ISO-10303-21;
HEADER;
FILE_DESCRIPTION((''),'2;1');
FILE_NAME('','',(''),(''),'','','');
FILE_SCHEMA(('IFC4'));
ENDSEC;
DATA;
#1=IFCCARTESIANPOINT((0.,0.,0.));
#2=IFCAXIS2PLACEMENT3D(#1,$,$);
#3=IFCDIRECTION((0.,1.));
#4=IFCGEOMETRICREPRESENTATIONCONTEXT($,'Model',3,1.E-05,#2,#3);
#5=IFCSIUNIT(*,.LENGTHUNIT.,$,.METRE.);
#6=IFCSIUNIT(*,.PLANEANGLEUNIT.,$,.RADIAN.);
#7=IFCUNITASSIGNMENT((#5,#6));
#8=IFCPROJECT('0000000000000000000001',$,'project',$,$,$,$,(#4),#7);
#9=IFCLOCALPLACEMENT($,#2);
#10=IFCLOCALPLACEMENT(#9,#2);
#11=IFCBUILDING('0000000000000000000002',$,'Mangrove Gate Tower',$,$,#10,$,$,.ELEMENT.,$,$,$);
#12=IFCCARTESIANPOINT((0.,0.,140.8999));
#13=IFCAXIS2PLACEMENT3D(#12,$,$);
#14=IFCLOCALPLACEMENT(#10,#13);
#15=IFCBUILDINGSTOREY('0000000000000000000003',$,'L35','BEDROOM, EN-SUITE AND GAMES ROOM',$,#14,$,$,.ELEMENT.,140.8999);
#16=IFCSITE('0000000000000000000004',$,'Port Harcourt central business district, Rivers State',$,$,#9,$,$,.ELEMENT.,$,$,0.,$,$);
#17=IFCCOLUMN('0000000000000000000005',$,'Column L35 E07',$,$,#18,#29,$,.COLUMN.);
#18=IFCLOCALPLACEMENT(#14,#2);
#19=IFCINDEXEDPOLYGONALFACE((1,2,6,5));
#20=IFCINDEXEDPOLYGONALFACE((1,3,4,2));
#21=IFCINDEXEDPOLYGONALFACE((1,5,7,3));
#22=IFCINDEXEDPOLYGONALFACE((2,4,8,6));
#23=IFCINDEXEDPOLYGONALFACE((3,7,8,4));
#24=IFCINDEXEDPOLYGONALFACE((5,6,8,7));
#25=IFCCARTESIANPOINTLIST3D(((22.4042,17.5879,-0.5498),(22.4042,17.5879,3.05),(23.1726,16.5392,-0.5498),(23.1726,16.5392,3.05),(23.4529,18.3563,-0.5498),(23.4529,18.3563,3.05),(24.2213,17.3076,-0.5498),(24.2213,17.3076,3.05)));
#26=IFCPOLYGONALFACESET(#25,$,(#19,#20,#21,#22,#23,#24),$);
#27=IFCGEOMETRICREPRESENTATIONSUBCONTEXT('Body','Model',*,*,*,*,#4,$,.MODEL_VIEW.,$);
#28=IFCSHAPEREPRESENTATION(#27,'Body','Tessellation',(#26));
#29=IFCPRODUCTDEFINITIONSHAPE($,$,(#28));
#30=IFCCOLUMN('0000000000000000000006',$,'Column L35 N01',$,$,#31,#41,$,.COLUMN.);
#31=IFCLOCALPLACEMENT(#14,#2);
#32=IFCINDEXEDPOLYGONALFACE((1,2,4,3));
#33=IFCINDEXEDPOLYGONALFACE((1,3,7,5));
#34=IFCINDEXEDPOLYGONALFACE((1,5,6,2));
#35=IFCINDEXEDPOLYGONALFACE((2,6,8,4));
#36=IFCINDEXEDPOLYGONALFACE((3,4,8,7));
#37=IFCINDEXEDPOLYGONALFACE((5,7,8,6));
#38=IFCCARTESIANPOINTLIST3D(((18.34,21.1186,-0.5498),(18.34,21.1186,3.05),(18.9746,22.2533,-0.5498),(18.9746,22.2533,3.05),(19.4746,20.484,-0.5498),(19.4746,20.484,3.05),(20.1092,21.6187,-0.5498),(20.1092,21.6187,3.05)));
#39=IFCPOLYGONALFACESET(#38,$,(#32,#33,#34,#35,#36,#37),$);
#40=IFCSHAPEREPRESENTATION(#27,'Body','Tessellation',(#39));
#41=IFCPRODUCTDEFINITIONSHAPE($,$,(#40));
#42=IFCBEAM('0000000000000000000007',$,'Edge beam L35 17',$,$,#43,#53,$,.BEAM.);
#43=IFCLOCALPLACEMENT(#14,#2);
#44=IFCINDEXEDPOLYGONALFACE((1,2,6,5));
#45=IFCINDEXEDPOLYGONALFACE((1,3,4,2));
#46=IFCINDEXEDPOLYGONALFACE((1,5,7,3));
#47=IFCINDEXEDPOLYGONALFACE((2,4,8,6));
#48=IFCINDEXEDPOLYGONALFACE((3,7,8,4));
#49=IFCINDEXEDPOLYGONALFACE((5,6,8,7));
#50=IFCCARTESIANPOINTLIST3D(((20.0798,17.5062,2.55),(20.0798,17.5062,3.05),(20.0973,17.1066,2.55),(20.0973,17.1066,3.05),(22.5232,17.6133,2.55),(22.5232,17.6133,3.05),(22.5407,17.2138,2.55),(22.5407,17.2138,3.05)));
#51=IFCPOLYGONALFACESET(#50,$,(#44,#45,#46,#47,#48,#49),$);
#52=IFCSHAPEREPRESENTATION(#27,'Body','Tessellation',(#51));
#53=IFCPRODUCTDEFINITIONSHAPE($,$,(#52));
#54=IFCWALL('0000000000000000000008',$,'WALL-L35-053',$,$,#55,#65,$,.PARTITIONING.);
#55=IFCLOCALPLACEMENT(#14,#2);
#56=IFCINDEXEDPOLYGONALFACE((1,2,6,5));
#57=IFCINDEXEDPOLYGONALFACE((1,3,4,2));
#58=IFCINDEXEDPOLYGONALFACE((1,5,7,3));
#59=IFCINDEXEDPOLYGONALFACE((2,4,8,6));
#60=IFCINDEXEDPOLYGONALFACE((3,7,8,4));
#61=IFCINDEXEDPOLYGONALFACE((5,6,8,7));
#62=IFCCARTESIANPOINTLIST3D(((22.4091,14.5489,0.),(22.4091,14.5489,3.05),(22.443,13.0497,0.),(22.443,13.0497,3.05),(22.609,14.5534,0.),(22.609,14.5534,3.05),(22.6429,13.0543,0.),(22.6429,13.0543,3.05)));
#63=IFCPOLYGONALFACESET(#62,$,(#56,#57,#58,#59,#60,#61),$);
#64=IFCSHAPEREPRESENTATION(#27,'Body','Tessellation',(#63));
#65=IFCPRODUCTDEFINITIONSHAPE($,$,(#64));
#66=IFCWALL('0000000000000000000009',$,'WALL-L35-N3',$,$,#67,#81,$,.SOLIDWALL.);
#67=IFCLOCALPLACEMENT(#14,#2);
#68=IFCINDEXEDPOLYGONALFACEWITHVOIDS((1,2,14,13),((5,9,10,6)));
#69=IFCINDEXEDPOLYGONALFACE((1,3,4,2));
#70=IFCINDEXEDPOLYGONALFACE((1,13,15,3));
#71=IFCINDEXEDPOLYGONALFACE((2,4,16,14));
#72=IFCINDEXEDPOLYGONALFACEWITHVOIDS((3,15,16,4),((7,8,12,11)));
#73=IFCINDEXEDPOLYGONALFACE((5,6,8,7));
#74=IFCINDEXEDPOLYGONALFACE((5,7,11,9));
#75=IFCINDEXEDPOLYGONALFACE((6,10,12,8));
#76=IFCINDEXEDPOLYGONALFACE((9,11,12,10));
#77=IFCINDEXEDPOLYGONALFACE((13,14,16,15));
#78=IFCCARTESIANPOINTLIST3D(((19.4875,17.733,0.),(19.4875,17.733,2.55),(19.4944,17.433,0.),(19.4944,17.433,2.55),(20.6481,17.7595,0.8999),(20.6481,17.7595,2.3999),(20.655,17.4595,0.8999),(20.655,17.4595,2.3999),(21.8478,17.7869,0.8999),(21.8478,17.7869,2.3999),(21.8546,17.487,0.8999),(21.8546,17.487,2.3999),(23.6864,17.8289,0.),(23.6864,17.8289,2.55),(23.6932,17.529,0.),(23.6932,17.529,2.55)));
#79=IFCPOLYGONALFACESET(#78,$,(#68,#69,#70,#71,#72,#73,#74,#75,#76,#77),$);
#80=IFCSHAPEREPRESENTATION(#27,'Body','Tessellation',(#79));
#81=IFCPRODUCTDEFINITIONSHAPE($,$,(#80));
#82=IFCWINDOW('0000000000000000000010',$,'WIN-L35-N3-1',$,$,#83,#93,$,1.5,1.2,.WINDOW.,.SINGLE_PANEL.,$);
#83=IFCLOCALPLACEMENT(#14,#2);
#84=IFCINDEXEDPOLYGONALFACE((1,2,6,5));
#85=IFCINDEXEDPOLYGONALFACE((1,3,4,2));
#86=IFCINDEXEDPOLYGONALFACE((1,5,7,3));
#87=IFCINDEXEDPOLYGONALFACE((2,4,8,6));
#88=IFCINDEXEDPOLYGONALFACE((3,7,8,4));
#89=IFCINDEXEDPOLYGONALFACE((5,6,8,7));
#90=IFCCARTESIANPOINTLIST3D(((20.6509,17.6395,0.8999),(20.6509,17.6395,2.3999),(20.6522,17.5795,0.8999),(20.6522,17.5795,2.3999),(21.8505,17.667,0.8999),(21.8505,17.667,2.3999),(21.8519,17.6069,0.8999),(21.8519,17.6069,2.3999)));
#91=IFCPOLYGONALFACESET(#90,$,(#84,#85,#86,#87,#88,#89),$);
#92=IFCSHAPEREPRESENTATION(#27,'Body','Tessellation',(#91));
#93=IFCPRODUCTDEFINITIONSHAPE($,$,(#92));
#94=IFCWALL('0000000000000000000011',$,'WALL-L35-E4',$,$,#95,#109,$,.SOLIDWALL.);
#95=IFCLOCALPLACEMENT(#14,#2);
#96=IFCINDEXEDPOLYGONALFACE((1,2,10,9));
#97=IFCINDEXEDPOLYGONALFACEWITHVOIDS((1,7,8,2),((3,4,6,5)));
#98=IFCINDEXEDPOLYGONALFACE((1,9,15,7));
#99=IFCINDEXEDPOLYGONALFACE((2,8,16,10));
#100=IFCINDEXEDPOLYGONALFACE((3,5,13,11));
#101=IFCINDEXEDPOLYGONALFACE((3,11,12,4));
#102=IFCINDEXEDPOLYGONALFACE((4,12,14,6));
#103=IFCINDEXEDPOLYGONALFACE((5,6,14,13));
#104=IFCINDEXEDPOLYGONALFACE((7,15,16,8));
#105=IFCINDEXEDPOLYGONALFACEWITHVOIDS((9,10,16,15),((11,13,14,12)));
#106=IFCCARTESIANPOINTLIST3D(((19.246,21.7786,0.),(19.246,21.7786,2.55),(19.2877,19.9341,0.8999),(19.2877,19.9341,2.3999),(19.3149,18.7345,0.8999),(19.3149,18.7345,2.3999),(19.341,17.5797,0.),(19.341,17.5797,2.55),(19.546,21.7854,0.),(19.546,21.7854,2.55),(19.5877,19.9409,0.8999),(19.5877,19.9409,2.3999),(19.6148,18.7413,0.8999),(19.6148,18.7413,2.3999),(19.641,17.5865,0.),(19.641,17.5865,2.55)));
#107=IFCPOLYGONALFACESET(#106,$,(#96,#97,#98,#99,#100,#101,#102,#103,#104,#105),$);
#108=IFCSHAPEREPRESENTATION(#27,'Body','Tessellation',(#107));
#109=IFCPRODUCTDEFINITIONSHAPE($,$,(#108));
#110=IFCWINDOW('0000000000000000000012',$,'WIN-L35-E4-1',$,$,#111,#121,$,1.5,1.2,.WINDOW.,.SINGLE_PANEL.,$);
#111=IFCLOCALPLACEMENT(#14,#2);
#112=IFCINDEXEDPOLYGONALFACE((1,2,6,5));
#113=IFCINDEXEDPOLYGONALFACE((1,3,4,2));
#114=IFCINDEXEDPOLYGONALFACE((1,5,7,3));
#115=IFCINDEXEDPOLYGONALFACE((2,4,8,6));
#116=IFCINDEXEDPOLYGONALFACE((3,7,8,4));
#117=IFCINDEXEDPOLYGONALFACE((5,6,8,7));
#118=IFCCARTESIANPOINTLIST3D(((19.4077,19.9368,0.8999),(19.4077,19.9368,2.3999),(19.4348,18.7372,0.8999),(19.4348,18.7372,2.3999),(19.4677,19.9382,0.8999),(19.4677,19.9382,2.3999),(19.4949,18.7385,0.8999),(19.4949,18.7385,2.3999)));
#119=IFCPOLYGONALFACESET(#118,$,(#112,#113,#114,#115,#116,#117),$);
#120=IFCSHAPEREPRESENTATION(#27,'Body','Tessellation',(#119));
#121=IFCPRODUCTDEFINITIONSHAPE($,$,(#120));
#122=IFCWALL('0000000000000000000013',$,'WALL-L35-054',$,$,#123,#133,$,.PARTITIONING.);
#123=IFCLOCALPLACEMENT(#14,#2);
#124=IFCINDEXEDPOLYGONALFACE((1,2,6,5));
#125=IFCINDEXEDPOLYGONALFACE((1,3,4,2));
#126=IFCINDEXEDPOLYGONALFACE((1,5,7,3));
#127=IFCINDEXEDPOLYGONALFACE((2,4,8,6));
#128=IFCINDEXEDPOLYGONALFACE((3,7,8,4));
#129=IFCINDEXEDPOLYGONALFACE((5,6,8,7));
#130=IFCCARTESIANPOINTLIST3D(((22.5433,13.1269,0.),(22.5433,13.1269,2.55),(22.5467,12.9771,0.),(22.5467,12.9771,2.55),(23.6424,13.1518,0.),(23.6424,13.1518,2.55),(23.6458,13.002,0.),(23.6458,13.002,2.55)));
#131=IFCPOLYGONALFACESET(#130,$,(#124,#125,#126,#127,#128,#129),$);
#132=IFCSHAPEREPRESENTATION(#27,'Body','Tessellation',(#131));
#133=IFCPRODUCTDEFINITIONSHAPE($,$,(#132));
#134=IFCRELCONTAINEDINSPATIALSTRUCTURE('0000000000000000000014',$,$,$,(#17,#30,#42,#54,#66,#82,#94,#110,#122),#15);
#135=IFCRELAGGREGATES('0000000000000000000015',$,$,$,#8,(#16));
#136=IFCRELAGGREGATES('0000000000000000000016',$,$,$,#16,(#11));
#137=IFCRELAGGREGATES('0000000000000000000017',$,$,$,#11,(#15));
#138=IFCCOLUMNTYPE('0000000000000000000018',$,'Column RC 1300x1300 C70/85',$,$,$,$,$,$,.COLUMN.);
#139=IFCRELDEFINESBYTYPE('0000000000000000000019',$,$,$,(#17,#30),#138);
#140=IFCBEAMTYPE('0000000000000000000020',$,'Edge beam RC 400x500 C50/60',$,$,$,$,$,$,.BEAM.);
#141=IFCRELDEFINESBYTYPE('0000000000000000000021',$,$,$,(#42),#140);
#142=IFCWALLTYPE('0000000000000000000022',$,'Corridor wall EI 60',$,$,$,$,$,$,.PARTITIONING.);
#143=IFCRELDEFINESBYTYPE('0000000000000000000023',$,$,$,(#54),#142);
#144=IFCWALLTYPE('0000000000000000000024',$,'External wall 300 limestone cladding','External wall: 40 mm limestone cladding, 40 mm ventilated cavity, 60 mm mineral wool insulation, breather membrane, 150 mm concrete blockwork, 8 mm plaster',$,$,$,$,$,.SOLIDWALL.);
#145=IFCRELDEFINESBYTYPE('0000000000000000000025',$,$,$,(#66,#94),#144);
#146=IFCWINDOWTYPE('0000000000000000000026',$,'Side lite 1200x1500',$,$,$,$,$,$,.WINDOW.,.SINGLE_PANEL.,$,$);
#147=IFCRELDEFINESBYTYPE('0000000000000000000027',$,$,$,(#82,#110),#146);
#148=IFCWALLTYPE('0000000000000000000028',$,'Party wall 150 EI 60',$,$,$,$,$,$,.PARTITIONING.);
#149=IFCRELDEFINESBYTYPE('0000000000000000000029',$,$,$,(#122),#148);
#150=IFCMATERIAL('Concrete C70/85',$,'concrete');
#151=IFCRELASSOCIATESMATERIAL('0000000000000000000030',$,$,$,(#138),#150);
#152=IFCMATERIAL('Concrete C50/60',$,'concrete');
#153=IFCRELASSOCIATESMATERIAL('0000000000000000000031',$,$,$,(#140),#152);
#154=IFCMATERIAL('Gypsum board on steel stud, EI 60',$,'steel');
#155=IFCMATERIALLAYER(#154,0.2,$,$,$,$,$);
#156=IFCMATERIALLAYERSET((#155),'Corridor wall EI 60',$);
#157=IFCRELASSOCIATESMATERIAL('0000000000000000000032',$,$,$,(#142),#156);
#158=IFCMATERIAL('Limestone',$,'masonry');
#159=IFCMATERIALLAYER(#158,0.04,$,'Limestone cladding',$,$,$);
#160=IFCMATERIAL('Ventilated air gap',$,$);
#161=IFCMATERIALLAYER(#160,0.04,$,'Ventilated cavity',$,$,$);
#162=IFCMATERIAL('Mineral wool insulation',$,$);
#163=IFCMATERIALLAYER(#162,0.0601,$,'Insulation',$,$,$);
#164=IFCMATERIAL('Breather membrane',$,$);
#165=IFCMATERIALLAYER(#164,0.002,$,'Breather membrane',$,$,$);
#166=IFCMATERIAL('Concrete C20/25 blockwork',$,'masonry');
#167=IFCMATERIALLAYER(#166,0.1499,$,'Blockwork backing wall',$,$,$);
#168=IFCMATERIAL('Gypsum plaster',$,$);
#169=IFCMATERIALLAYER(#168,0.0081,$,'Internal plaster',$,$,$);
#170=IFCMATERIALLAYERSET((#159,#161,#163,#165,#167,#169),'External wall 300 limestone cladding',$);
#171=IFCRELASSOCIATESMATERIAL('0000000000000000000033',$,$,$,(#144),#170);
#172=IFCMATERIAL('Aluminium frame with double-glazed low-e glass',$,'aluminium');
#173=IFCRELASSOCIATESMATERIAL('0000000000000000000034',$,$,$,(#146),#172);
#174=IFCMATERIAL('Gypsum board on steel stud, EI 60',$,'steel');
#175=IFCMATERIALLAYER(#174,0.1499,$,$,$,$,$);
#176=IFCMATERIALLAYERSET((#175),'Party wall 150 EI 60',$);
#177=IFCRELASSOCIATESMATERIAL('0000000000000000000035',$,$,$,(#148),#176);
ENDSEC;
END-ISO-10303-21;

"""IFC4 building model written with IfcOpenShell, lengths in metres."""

from ifc_helpers import new_model, si_unit, direction, frame, frame_2d, origin, origin_2d, place, context, subcontext, project, spatial, rectangle, extrude, material, layer, layer_set, material_profile, profile_set, type_object, element, fill, save


model = new_model("IFC4")

# Units and contexts
model_context = context("Model", 3, precision=1e-05, world=origin(), true_north=direction((0.0, 1.0)))
body_context = subcontext(model_context, "Body", "Model", "MODEL_VIEW")
ifc_project = project(units=[si_unit("LENGTHUNIT", "METRE"), si_unit("PLANEANGLEUNIT", "RADIAN")], contexts=[model_context])

# Site, building, storey
site_placement = place(None, origin())
site = spatial("IfcSite", under=ifc_project, at=site_placement, Name="Port Harcourt central business district, Rivers State", CompositionType="ELEMENT", RefElevation=0.0)
building_placement = place(site_placement, origin())
building = spatial("IfcBuilding", under=site, at=building_placement, Name="Mangrove Gate Tower", CompositionType="ELEMENT")
storey_placement = place(building_placement, frame((0.0, 0.0, 140.8999)))
storey = spatial("IfcBuildingStorey", under=building, at=storey_placement, Name="L35", Description="BEDROOM, EN-SUITE AND GAMES ROOM", CompositionType="ELEMENT", Elevation=140.8999)

# Columns
ifc_material_1 = material(Name="Concrete C70/85", Category="concrete")
ifc_material_profile_1 = material_profile(ifc_material_1, rectangle(XDim=1.3, YDim=1.3, at=origin_2d()))
ifc_profile_set_1 = profile_set([ifc_material_profile_1], Name="Concrete C70/85")
column_type = type_object("IfcColumnType", Name="Column RC 1300x1300 C70/85", PredefinedType="COLUMN", material=ifc_profile_set_1)
for number, where, z_axis, x_axis, name in (
    (1, (23.3127, 17.4478, -0.5498), (0.0, 0.0, 1.0), (-0.591062, 0.806626, 0.0), "Column L35 E07"),
    (2, (19.2246, 21.3687, -0.5498), (0.0, 0.0, 1.0), (-0.872768, 0.488136, 0.0), "Column L35 N01"),
):
    element("IfcColumn", number, at=place(storey_placement, frame(where, z_axis=z_axis, x_axis=x_axis)), inside=storey, type_object=column_type, Name=name, PredefinedType="COLUMN", context=body_context, shape_type="SweptSolid", body=[
        extrude(rectangle(XDim=1.3, YDim=1.3, at=origin_2d()), origin(), (0.0, 0.0, 1.0), 3.5999),
    ])

# Beam
ifc_material_2 = material(Name="Concrete C50/60", Category="concrete")
ifc_material_profile_2 = material_profile(ifc_material_2, rectangle(XDim=0.3999, YDim=0.5, at=origin_2d()))
ifc_profile_set_2 = profile_set([ifc_material_profile_2], Name="Concrete C50/60")
beam_type = type_object("IfcBeamType", Name="Edge beam RC 400x500 C50/60", PredefinedType="BEAM", material=ifc_profile_set_2)
beam_placement = place(storey_placement, frame((22.532, 17.4136, 2.8), z_axis=(-0.999039, -0.043823, 0.0), x_axis=(0.043823, -0.999039, 0.0)))
element("IfcBeam", 3, at=beam_placement, inside=storey, type_object=beam_type, Name="Edge beam L35 17", PredefinedType="BEAM", context=body_context, shape_type="SweptSolid", body=[
    extrude(rectangle(XDim=0.3999, YDim=0.5, at=origin_2d()), origin(), (0.0, 0.0, 1.0), 2.4458),
])

# Wall
ifc_material_3 = material(Name="Gypsum board on steel stud, EI 60", Category="steel")
ifc_layer_1 = layer(ifc_material_3, 0.2)
ifc_layer_set_1 = layer_set([ifc_layer_1], Name="Corridor wall EI 60")
wall_type_1 = type_object("IfcWallType", Name="Corridor wall EI 60", PredefinedType="PARTITIONING", material=ifc_layer_set_1)
wall_1_placement = place(storey_placement, frame((22.543, 13.052, 0.0), z_axis=(0.0, 0.0, 1.0), x_axis=(-0.022633, 0.999744, 0.0)))
element("IfcWall", 4, at=wall_1_placement, inside=storey, type_object=wall_type_1, Name="WALL-L35-053", PredefinedType="PARTITIONING", context=body_context, shape_type="SweptSolid", body=[
    extrude(rectangle(XDim=1.4995, YDim=0.2, at=frame_2d((0.7498, 0.0))), origin(), (0.0, 0.0, 1.0), 3.05),
])

# Walls, openings, windows
ifc_material_4 = material(Name="Limestone", Category="masonry")
ifc_layer_2 = layer(ifc_material_4, 0.04, Name="Limestone cladding")
ifc_material_5 = material(Name="Ventilated air gap")
ifc_layer_3 = layer(ifc_material_5, 0.04, Name="Ventilated cavity")
ifc_material_6 = material(Name="Mineral wool insulation")
ifc_layer_4 = layer(ifc_material_6, 0.0601, Name="Insulation")
ifc_material_7 = material(Name="Breather membrane")
ifc_layer_5 = layer(ifc_material_7, 0.002, Name="Breather membrane")
ifc_material_8 = material(Name="Concrete C20/25 blockwork", Category="masonry")
ifc_layer_6 = layer(ifc_material_8, 0.1499, Name="Blockwork backing wall")
ifc_material_9 = material(Name="Gypsum plaster")
ifc_layer_7 = layer(ifc_material_9, 0.0081, Name="Internal plaster")
ifc_layer_set_2 = layer_set([ifc_layer_2, ifc_layer_3, ifc_layer_4, ifc_layer_5, ifc_layer_6, ifc_layer_7], Name="External wall 300 limestone cladding")
wall_type_2 = type_object("IfcWallType", Name="External wall 300 limestone cladding", Description="External wall: 40 mm limestone cladding, 40 mm ventilated cavity, 60 mm mineral wool insulation, breather membrane, 150 mm concrete blockwork, 8 mm plaster", PredefinedType="SOLIDWALL", material=ifc_layer_set_2)
wall_2_placement = place(storey_placement, frame((23.6899, 17.679, 0.0), z_axis=(0.0, 0.0, 1.0), x_axis=(-0.999739, -0.022844, 0.0)))
wall_2 = element("IfcWall", 5, at=wall_2_placement, inside=storey, type_object=wall_type_2, Name="WALL-L35-N3", PredefinedType="SOLIDWALL", context=body_context, shape_type="SweptSolid", body=[
    extrude(rectangle(XDim=4.2, YDim=0.3, at=frame_2d((2.1001, 0.0))), origin(), (0.0, 0.0, 1.0), 2.55),
])
opening_1_placement = place(wall_2_placement, frame((1.8391, 0.0, 0.8999)))
opening_1 = element("IfcOpeningElement", 6, at=opening_1_placement, cuts=wall_2, PredefinedType="OPENING", context=body_context, shape_type="SweptSolid", body=[
    extrude(rectangle(XDim=1.2, YDim=1.5, at=frame_2d((0.6001, 0.75))), frame((0.0, 0.1599, 0.0), z_axis=(0.0, -1.0, 0.0), x_axis=(1.0, 0.0, 0.0)), (0.0, 0.0, 1.0), 0.3201),
])
ifc_material_10 = material(Name="Aluminium frame with double-glazed low-e glass", Category="aluminium")
window_type_1 = type_object("IfcWindowType", Name="Side lite 1200x1500", PartitioningType="SINGLE_PANEL", PredefinedType="WINDOW", material=ifc_material_10)
window_1_placement = place(opening_1_placement, origin())
window_1 = element("IfcWindow", 7, at=window_1_placement, inside=storey, type_object=window_type_1, Name="WIN-L35-N3-1", OverallHeight=1.5, OverallWidth=1.2, PartitioningType="SINGLE_PANEL", PredefinedType="WINDOW", context=body_context, shape_type="SweptSolid", body=[
    extrude(rectangle(XDim=1.2, YDim=1.5, at=frame_2d((0.6001, 0.75))), frame((0.0, 0.03, 0.0), z_axis=(0.0, -1.0, 0.0), x_axis=(1.0, 0.0, 0.0)), (0.0, 0.0, 1.0), 0.0601),
])
fill(opening_1, window_1)
wall_3_placement = place(storey_placement, frame((19.491, 17.583, 0.0), z_axis=(0.0, 0.0, 1.0), x_axis=(-0.022612, 0.999744, 0.0)))
wall_3 = element("IfcWall", 8, at=wall_3_placement, inside=storey, type_object=wall_type_2, Name="WALL-L35-E4", PredefinedType="SOLIDWALL", context=body_context, shape_type="SweptSolid", body=[
    extrude(rectangle(XDim=4.2, YDim=0.3, at=frame_2d((2.1001, 0.0))), origin(), (0.0, 0.0, 1.0), 2.55),
])
opening_2_placement = place(wall_3_placement, frame((1.155, 0.0, 0.8999)))
opening_2 = element("IfcOpeningElement", 9, at=opening_2_placement, cuts=wall_3, PredefinedType="OPENING", context=body_context, shape_type="SweptSolid", body=[
    extrude(rectangle(XDim=1.2, YDim=1.5, at=frame_2d((0.6001, 0.75))), frame((0.0, 0.1599, 0.0), z_axis=(0.0, -1.0, 0.0), x_axis=(1.0, 0.0, 0.0)), (0.0, 0.0, 1.0), 0.3201),
])
window_2_placement = place(opening_2_placement, origin())
window_2 = element("IfcWindow", 10, at=window_2_placement, inside=storey, type_object=window_type_1, Name="WIN-L35-E4-1", OverallHeight=1.5, OverallWidth=1.2, PartitioningType="SINGLE_PANEL", PredefinedType="WINDOW", context=body_context, shape_type="SweptSolid", body=[
    extrude(rectangle(XDim=1.2, YDim=1.5, at=frame_2d((0.6001, 0.75))), frame((0.0, 0.03, 0.0), z_axis=(0.0, -1.0, 0.0), x_axis=(1.0, 0.0, 0.0)), (0.0, 0.0, 1.0), 0.0601),
])
fill(opening_2, window_2)

# Wall
ifc_material_11 = material(Name="Gypsum board on steel stud, EI 60", Category="steel")
ifc_layer_8 = layer(ifc_material_11, 0.1499)
ifc_layer_set_3 = layer_set([ifc_layer_8], Name="Party wall 150 EI 60")
wall_type_3 = type_object("IfcWallType", Name="Party wall 150 EI 60", PredefinedType="PARTITIONING", material=ifc_layer_set_3)
wall_4_placement = place(storey_placement, frame((22.5449, 13.052, 0.0), z_axis=(0.0, 0.0, 1.0), x_axis=(0.999743, 0.022651, 0.0)))
element("IfcWall", 11, at=wall_4_placement, inside=storey, type_object=wall_type_3, Name="WALL-L35-054", PredefinedType="PARTITIONING", context=body_context, shape_type="SweptSolid", body=[
    extrude(rectangle(XDim=1.0994, YDim=0.1499, at=frame_2d((0.5498, 0.0))), origin(), (0.0, 0.0, 1.0), 2.55),
])

save(model, "model.ifc")
